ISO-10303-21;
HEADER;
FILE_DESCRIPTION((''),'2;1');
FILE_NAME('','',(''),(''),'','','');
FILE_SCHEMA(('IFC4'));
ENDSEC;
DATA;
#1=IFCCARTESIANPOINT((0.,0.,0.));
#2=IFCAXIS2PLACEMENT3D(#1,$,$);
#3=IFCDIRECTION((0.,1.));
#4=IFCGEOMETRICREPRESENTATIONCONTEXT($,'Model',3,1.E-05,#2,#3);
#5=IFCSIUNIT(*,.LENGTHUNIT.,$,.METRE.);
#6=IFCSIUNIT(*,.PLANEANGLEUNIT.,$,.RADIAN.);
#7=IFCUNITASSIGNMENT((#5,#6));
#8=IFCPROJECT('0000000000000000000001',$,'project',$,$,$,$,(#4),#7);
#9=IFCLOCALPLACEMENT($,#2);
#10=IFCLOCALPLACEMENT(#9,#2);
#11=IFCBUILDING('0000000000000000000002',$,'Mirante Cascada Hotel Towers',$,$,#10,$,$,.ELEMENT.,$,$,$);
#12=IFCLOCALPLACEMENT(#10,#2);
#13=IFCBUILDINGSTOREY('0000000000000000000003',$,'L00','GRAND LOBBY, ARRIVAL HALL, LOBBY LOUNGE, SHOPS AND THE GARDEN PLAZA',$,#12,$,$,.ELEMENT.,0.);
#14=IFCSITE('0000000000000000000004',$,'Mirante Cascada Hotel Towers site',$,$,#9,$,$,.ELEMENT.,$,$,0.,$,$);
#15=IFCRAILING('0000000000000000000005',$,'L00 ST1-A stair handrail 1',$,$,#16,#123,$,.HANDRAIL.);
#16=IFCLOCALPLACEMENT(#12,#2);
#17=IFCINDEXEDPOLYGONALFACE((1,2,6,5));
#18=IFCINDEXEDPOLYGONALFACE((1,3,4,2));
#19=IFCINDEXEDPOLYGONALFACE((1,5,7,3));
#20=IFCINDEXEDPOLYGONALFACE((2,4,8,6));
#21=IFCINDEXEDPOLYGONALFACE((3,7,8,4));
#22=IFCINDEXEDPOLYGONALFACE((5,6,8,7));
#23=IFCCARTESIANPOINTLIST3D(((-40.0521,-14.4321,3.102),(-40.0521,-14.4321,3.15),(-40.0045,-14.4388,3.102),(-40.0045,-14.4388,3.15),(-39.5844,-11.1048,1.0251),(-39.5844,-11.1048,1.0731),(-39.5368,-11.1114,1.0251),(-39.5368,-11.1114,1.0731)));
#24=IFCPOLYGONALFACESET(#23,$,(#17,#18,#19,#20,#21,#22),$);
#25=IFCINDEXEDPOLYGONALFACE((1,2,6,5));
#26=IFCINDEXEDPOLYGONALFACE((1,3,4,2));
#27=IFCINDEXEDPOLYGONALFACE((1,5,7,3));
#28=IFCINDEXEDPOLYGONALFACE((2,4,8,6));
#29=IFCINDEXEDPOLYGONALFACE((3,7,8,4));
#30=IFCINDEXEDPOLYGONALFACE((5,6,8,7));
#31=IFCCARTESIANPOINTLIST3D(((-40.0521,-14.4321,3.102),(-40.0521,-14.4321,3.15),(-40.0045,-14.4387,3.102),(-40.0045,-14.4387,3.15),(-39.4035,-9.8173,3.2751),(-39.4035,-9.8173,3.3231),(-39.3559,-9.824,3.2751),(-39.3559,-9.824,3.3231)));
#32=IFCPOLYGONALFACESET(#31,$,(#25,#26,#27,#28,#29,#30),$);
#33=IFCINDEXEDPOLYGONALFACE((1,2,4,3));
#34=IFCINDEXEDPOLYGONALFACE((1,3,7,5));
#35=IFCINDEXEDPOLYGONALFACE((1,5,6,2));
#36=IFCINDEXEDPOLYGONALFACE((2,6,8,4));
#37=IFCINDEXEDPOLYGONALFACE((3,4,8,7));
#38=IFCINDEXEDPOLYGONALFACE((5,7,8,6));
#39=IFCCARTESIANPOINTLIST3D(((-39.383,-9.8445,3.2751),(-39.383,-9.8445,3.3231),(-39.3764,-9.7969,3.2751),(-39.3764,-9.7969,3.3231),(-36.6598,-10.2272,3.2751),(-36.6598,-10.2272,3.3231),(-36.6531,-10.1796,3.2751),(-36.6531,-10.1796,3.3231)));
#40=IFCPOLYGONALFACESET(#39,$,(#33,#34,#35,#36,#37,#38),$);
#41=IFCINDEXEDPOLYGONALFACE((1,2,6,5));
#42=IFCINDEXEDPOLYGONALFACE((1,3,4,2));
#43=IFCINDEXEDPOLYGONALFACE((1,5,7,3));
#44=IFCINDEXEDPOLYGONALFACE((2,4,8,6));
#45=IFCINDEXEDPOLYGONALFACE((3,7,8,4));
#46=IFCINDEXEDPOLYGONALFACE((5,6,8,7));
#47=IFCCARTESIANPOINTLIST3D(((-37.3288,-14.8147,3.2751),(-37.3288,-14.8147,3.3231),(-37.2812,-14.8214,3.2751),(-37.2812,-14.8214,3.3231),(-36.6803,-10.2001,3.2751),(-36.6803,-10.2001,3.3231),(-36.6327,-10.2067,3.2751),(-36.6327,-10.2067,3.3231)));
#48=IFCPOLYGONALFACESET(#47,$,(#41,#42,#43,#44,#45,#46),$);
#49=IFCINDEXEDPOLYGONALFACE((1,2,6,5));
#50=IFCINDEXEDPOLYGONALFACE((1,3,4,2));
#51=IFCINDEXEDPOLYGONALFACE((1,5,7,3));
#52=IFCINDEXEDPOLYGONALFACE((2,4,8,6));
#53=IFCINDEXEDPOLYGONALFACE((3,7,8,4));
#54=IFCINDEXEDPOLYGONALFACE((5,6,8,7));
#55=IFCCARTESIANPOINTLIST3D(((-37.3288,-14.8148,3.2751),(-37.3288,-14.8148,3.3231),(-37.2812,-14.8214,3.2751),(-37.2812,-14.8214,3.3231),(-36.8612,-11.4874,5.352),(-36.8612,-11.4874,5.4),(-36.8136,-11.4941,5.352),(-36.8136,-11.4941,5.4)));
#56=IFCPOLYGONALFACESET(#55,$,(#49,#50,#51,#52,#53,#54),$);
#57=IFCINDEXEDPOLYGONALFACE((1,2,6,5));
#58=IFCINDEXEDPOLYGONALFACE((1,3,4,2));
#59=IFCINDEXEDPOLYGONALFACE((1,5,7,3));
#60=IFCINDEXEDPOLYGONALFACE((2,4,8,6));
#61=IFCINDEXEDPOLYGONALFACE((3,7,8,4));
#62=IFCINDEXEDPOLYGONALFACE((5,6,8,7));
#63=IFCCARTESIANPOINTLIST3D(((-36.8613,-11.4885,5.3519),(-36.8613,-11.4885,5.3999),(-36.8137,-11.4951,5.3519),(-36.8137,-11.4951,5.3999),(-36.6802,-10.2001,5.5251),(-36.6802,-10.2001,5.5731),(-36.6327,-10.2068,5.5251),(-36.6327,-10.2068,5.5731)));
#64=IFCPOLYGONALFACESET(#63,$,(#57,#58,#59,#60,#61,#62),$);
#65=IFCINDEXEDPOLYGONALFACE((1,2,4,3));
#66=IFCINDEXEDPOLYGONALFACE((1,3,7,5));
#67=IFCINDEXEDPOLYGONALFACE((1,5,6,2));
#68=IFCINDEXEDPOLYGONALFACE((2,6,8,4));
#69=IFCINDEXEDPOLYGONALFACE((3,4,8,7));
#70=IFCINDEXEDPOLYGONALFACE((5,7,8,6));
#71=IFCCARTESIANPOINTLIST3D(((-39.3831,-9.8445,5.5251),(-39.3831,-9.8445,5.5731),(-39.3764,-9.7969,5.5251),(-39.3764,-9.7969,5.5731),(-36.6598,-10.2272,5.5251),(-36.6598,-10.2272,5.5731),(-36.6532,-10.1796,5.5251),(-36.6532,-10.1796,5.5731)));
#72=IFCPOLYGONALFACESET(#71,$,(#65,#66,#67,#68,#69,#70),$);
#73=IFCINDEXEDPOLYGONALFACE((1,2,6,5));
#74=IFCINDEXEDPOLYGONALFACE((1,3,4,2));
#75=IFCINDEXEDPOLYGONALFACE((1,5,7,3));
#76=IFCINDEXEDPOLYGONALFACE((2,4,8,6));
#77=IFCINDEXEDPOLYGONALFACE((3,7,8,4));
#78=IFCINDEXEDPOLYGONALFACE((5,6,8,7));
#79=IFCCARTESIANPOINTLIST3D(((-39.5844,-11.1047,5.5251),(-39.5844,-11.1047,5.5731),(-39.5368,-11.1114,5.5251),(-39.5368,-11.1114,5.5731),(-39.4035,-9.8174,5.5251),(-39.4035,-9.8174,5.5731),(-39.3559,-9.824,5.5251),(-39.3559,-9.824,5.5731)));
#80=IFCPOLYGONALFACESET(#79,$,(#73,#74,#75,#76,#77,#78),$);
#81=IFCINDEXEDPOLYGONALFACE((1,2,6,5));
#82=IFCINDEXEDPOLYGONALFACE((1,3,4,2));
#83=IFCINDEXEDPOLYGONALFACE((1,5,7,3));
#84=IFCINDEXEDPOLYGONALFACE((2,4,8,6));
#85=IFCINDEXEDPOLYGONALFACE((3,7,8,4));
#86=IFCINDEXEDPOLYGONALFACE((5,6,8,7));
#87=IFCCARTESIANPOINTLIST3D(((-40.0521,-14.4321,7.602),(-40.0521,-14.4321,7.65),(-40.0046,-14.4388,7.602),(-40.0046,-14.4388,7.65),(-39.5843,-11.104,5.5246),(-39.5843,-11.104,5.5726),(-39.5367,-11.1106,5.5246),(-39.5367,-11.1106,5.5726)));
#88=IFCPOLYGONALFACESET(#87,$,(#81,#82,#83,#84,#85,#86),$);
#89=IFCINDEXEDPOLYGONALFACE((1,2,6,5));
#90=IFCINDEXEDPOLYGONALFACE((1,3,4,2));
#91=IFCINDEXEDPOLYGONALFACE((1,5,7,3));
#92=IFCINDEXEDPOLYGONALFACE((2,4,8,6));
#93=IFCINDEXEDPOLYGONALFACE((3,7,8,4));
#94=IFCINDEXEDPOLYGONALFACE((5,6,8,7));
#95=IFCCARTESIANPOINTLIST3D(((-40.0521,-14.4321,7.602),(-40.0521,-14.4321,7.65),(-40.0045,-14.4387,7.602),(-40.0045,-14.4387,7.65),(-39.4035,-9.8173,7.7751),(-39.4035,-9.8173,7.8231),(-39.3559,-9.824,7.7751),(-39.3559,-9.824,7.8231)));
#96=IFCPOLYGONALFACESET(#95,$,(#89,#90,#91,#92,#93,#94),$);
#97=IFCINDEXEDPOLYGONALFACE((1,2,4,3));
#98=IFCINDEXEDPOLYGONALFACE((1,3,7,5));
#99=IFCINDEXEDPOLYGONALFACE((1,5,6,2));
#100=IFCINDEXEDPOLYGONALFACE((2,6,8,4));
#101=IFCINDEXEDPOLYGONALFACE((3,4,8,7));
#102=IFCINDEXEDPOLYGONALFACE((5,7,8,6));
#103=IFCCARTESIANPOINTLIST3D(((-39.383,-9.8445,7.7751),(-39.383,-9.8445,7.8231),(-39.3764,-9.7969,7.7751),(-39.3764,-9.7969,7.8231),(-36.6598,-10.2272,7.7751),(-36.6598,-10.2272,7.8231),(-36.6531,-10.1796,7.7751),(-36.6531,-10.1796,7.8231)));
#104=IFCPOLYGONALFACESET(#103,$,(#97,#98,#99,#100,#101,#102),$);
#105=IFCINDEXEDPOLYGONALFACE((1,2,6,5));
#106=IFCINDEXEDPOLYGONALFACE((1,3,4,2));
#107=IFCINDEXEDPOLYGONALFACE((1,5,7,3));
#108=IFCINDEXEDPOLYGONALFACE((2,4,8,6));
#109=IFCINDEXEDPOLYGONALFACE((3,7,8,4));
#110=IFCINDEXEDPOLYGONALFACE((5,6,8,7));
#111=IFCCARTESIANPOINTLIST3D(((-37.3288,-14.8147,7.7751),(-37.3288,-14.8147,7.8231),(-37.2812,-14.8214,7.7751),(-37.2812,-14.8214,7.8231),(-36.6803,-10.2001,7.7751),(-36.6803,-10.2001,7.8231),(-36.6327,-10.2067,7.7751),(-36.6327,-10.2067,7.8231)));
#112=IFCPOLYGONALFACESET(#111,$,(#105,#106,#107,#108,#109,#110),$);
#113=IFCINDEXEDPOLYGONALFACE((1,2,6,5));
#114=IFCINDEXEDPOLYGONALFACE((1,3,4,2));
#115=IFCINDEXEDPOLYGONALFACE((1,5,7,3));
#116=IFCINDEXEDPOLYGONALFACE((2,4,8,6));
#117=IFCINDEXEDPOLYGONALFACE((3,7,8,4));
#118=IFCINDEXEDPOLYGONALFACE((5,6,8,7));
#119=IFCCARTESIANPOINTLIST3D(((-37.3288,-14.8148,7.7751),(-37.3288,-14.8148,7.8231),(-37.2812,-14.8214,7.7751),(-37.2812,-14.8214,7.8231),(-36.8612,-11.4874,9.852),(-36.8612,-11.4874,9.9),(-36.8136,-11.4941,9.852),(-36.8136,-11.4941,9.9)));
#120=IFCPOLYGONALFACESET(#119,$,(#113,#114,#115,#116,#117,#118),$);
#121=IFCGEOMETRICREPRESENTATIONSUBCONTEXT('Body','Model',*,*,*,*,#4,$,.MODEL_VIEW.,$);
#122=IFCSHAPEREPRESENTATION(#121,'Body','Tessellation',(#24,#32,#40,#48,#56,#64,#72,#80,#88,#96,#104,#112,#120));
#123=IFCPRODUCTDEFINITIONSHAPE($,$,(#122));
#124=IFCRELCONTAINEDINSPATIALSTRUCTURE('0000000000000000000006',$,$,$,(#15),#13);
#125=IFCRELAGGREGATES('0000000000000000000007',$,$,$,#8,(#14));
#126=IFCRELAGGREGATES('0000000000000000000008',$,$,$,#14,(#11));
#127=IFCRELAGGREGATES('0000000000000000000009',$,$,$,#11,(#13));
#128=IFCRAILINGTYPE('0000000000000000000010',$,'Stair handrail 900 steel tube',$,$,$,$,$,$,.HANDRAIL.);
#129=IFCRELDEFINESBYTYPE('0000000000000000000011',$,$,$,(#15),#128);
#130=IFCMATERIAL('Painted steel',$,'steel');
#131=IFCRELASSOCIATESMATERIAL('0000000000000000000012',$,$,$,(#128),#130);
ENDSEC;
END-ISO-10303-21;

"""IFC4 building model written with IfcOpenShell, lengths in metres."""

from ifc_helpers import new_model, si_unit, direction, frame, origin, origin_2d, place, context, subcontext, project, spatial, rectangle, extrude, material, type_object, element, save


model = new_model("IFC4")

# Units and contexts
model_context = context("Model", 3, precision=1e-05, world=origin(), true_north=direction((0.0, 1.0)))
body_context = subcontext(model_context, "Body", "Model", "MODEL_VIEW")
ifc_project = project(units=[si_unit("LENGTHUNIT", "METRE"), si_unit("PLANEANGLEUNIT", "RADIAN")], contexts=[model_context])

# Site, building, storey
site_placement = place(None, origin())
site = spatial("IfcSite", under=ifc_project, at=site_placement, Name="Mirante Cascada Hotel Towers site", CompositionType="ELEMENT", RefElevation=0.0)
building_placement = place(site_placement, origin())
building = spatial("IfcBuilding", under=site, at=building_placement, Name="Mirante Cascada Hotel Towers", CompositionType="ELEMENT")
storey_placement = place(building_placement, origin())
storey = spatial("IfcBuildingStorey", under=building, at=storey_placement, Name="L00", Description="GRAND LOBBY, ARRIVAL HALL, LOBBY LOUNGE, SHOPS AND THE GARDEN PLAZA", CompositionType="ELEMENT", Elevation=0.0)

# Railing
ifc_material_1 = material(Name="Painted steel", Category="steel")
railing_type_1 = type_object("IfcRailingType", Name="Stair handrail 900 steel tube", PredefinedType="HANDRAIL", material=ifc_material_1)
railing_1_placement = place(storey_placement, frame((-39.5606, -11.1081, 0.1731)))
element("IfcRailing", 1, at=railing_1_placement, inside=storey, type_object=railing_type_1, Name="L00 ST1-A stair handrail 1", PredefinedType="HANDRAIL", context=body_context, shape_type="SweptSolid", body=[
    extrude(rectangle(XDim=0.048, YDim=0.048, at=origin_2d()), frame((0.0, 0.0, 0.876), z_axis=(-0.139196, -0.990265, 0.0), x_axis=(0.990265, -0.139196, 0.0)), (0.0, 0.525786, 0.850617), 3.9501),
    extrude(rectangle(XDim=0.048, YDim=0.048, at=origin_2d()), frame((-0.4677, -3.3273, 2.9529), z_axis=(0.139183, 0.990267, 0.0), x_axis=(-0.990267, 0.139183, 0.0)), (0.0, 0.03712, 0.999311), 4.6633),
    extrude(rectangle(XDim=0.048, YDim=0.048, at=origin_2d()), frame((0.1809, 1.2874, 3.126), z_axis=(0.990269, -0.139166, 0.0), x_axis=(0.139166, 0.990269, 0.0)), (0.0, 0.0, 1.0), 2.75),
    extrude(rectangle(XDim=0.048, YDim=0.048, at=origin_2d()), frame((2.9041, 0.9047, 3.126), z_axis=(-0.139162, -0.99027, 0.0), x_axis=(0.99027, -0.139162, 0.0)), (0.0, 0.0, 1.0), 4.66),
    extrude(rectangle(XDim=0.048, YDim=0.048, at=origin_2d()), frame((2.2556, -3.71, 3.126), z_axis=(0.139167, 0.990269, 0.0), x_axis=(-0.990269, 0.139167, 0.0)), (0.0, 0.525787, 0.850616), 3.9501),
    extrude(rectangle(XDim=0.048, YDim=0.048, at=origin_2d()), frame((2.7231, -0.3837, 5.2028), z_axis=(0.139149, 0.990271, 0.0), x_axis=(-0.990271, 0.139149, 0.0)), (0.0, 0.131984, 0.991252), 1.3125),
    extrude(rectangle(XDim=0.048, YDim=0.048, at=origin_2d()), frame((2.9041, 0.9047, 5.376), z_axis=(-0.990269, 0.139166, 0.0), x_axis=(-0.139166, -0.990269, 0.0)), (0.0, 0.0, 1.0), 2.75),
    extrude(rectangle(XDim=0.048, YDim=0.048, at=origin_2d()), frame((0.1809, 1.2874, 5.376), z_axis=(-0.139149, -0.990271, 0.0), x_axis=(0.990271, -0.139149, 0.0)), (0.0, 0.0, 1.0), 1.3),
    extrude(rectangle(XDim=0.048, YDim=0.048, at=origin_2d()), frame((0.0001, 0.0008, 5.3755), z_axis=(-0.139196, -0.990265, 0.0), x_axis=(0.990265, -0.139196, 0.0)), (0.0, 0.525786, 0.850617), 3.9511),
    extrude(rectangle(XDim=0.048, YDim=0.048, at=origin_2d()), frame((-0.4677, -3.3273, 7.4529), z_axis=(0.139183, 0.990267, 0.0), x_axis=(-0.990267, 0.139183, 0.0)), (0.0, 0.03712, 0.999311), 4.6633),
    extrude(rectangle(XDim=0.048, YDim=0.048, at=origin_2d()), frame((0.1809, 1.2874, 7.626), z_axis=(0.990269, -0.139166, 0.0), x_axis=(0.139166, 0.990269, 0.0)), (0.0, 0.0, 1.0), 2.75),
    extrude(rectangle(XDim=0.048, YDim=0.048, at=origin_2d()), frame((2.9041, 0.9047, 7.626), z_axis=(-0.139162, -0.99027, 0.0), x_axis=(0.99027, -0.139162, 0.0)), (0.0, 0.0, 1.0), 4.66),
    extrude(rectangle(XDim=0.048, YDim=0.048, at=origin_2d()), frame((2.2556, -3.71, 7.626), z_axis=(0.139167, 0.990269, 0.0), x_axis=(-0.990269, 0.139167, 0.0)), (0.0, 0.525787, 0.850616), 3.9501),
])

save(model, "model.ifc")
